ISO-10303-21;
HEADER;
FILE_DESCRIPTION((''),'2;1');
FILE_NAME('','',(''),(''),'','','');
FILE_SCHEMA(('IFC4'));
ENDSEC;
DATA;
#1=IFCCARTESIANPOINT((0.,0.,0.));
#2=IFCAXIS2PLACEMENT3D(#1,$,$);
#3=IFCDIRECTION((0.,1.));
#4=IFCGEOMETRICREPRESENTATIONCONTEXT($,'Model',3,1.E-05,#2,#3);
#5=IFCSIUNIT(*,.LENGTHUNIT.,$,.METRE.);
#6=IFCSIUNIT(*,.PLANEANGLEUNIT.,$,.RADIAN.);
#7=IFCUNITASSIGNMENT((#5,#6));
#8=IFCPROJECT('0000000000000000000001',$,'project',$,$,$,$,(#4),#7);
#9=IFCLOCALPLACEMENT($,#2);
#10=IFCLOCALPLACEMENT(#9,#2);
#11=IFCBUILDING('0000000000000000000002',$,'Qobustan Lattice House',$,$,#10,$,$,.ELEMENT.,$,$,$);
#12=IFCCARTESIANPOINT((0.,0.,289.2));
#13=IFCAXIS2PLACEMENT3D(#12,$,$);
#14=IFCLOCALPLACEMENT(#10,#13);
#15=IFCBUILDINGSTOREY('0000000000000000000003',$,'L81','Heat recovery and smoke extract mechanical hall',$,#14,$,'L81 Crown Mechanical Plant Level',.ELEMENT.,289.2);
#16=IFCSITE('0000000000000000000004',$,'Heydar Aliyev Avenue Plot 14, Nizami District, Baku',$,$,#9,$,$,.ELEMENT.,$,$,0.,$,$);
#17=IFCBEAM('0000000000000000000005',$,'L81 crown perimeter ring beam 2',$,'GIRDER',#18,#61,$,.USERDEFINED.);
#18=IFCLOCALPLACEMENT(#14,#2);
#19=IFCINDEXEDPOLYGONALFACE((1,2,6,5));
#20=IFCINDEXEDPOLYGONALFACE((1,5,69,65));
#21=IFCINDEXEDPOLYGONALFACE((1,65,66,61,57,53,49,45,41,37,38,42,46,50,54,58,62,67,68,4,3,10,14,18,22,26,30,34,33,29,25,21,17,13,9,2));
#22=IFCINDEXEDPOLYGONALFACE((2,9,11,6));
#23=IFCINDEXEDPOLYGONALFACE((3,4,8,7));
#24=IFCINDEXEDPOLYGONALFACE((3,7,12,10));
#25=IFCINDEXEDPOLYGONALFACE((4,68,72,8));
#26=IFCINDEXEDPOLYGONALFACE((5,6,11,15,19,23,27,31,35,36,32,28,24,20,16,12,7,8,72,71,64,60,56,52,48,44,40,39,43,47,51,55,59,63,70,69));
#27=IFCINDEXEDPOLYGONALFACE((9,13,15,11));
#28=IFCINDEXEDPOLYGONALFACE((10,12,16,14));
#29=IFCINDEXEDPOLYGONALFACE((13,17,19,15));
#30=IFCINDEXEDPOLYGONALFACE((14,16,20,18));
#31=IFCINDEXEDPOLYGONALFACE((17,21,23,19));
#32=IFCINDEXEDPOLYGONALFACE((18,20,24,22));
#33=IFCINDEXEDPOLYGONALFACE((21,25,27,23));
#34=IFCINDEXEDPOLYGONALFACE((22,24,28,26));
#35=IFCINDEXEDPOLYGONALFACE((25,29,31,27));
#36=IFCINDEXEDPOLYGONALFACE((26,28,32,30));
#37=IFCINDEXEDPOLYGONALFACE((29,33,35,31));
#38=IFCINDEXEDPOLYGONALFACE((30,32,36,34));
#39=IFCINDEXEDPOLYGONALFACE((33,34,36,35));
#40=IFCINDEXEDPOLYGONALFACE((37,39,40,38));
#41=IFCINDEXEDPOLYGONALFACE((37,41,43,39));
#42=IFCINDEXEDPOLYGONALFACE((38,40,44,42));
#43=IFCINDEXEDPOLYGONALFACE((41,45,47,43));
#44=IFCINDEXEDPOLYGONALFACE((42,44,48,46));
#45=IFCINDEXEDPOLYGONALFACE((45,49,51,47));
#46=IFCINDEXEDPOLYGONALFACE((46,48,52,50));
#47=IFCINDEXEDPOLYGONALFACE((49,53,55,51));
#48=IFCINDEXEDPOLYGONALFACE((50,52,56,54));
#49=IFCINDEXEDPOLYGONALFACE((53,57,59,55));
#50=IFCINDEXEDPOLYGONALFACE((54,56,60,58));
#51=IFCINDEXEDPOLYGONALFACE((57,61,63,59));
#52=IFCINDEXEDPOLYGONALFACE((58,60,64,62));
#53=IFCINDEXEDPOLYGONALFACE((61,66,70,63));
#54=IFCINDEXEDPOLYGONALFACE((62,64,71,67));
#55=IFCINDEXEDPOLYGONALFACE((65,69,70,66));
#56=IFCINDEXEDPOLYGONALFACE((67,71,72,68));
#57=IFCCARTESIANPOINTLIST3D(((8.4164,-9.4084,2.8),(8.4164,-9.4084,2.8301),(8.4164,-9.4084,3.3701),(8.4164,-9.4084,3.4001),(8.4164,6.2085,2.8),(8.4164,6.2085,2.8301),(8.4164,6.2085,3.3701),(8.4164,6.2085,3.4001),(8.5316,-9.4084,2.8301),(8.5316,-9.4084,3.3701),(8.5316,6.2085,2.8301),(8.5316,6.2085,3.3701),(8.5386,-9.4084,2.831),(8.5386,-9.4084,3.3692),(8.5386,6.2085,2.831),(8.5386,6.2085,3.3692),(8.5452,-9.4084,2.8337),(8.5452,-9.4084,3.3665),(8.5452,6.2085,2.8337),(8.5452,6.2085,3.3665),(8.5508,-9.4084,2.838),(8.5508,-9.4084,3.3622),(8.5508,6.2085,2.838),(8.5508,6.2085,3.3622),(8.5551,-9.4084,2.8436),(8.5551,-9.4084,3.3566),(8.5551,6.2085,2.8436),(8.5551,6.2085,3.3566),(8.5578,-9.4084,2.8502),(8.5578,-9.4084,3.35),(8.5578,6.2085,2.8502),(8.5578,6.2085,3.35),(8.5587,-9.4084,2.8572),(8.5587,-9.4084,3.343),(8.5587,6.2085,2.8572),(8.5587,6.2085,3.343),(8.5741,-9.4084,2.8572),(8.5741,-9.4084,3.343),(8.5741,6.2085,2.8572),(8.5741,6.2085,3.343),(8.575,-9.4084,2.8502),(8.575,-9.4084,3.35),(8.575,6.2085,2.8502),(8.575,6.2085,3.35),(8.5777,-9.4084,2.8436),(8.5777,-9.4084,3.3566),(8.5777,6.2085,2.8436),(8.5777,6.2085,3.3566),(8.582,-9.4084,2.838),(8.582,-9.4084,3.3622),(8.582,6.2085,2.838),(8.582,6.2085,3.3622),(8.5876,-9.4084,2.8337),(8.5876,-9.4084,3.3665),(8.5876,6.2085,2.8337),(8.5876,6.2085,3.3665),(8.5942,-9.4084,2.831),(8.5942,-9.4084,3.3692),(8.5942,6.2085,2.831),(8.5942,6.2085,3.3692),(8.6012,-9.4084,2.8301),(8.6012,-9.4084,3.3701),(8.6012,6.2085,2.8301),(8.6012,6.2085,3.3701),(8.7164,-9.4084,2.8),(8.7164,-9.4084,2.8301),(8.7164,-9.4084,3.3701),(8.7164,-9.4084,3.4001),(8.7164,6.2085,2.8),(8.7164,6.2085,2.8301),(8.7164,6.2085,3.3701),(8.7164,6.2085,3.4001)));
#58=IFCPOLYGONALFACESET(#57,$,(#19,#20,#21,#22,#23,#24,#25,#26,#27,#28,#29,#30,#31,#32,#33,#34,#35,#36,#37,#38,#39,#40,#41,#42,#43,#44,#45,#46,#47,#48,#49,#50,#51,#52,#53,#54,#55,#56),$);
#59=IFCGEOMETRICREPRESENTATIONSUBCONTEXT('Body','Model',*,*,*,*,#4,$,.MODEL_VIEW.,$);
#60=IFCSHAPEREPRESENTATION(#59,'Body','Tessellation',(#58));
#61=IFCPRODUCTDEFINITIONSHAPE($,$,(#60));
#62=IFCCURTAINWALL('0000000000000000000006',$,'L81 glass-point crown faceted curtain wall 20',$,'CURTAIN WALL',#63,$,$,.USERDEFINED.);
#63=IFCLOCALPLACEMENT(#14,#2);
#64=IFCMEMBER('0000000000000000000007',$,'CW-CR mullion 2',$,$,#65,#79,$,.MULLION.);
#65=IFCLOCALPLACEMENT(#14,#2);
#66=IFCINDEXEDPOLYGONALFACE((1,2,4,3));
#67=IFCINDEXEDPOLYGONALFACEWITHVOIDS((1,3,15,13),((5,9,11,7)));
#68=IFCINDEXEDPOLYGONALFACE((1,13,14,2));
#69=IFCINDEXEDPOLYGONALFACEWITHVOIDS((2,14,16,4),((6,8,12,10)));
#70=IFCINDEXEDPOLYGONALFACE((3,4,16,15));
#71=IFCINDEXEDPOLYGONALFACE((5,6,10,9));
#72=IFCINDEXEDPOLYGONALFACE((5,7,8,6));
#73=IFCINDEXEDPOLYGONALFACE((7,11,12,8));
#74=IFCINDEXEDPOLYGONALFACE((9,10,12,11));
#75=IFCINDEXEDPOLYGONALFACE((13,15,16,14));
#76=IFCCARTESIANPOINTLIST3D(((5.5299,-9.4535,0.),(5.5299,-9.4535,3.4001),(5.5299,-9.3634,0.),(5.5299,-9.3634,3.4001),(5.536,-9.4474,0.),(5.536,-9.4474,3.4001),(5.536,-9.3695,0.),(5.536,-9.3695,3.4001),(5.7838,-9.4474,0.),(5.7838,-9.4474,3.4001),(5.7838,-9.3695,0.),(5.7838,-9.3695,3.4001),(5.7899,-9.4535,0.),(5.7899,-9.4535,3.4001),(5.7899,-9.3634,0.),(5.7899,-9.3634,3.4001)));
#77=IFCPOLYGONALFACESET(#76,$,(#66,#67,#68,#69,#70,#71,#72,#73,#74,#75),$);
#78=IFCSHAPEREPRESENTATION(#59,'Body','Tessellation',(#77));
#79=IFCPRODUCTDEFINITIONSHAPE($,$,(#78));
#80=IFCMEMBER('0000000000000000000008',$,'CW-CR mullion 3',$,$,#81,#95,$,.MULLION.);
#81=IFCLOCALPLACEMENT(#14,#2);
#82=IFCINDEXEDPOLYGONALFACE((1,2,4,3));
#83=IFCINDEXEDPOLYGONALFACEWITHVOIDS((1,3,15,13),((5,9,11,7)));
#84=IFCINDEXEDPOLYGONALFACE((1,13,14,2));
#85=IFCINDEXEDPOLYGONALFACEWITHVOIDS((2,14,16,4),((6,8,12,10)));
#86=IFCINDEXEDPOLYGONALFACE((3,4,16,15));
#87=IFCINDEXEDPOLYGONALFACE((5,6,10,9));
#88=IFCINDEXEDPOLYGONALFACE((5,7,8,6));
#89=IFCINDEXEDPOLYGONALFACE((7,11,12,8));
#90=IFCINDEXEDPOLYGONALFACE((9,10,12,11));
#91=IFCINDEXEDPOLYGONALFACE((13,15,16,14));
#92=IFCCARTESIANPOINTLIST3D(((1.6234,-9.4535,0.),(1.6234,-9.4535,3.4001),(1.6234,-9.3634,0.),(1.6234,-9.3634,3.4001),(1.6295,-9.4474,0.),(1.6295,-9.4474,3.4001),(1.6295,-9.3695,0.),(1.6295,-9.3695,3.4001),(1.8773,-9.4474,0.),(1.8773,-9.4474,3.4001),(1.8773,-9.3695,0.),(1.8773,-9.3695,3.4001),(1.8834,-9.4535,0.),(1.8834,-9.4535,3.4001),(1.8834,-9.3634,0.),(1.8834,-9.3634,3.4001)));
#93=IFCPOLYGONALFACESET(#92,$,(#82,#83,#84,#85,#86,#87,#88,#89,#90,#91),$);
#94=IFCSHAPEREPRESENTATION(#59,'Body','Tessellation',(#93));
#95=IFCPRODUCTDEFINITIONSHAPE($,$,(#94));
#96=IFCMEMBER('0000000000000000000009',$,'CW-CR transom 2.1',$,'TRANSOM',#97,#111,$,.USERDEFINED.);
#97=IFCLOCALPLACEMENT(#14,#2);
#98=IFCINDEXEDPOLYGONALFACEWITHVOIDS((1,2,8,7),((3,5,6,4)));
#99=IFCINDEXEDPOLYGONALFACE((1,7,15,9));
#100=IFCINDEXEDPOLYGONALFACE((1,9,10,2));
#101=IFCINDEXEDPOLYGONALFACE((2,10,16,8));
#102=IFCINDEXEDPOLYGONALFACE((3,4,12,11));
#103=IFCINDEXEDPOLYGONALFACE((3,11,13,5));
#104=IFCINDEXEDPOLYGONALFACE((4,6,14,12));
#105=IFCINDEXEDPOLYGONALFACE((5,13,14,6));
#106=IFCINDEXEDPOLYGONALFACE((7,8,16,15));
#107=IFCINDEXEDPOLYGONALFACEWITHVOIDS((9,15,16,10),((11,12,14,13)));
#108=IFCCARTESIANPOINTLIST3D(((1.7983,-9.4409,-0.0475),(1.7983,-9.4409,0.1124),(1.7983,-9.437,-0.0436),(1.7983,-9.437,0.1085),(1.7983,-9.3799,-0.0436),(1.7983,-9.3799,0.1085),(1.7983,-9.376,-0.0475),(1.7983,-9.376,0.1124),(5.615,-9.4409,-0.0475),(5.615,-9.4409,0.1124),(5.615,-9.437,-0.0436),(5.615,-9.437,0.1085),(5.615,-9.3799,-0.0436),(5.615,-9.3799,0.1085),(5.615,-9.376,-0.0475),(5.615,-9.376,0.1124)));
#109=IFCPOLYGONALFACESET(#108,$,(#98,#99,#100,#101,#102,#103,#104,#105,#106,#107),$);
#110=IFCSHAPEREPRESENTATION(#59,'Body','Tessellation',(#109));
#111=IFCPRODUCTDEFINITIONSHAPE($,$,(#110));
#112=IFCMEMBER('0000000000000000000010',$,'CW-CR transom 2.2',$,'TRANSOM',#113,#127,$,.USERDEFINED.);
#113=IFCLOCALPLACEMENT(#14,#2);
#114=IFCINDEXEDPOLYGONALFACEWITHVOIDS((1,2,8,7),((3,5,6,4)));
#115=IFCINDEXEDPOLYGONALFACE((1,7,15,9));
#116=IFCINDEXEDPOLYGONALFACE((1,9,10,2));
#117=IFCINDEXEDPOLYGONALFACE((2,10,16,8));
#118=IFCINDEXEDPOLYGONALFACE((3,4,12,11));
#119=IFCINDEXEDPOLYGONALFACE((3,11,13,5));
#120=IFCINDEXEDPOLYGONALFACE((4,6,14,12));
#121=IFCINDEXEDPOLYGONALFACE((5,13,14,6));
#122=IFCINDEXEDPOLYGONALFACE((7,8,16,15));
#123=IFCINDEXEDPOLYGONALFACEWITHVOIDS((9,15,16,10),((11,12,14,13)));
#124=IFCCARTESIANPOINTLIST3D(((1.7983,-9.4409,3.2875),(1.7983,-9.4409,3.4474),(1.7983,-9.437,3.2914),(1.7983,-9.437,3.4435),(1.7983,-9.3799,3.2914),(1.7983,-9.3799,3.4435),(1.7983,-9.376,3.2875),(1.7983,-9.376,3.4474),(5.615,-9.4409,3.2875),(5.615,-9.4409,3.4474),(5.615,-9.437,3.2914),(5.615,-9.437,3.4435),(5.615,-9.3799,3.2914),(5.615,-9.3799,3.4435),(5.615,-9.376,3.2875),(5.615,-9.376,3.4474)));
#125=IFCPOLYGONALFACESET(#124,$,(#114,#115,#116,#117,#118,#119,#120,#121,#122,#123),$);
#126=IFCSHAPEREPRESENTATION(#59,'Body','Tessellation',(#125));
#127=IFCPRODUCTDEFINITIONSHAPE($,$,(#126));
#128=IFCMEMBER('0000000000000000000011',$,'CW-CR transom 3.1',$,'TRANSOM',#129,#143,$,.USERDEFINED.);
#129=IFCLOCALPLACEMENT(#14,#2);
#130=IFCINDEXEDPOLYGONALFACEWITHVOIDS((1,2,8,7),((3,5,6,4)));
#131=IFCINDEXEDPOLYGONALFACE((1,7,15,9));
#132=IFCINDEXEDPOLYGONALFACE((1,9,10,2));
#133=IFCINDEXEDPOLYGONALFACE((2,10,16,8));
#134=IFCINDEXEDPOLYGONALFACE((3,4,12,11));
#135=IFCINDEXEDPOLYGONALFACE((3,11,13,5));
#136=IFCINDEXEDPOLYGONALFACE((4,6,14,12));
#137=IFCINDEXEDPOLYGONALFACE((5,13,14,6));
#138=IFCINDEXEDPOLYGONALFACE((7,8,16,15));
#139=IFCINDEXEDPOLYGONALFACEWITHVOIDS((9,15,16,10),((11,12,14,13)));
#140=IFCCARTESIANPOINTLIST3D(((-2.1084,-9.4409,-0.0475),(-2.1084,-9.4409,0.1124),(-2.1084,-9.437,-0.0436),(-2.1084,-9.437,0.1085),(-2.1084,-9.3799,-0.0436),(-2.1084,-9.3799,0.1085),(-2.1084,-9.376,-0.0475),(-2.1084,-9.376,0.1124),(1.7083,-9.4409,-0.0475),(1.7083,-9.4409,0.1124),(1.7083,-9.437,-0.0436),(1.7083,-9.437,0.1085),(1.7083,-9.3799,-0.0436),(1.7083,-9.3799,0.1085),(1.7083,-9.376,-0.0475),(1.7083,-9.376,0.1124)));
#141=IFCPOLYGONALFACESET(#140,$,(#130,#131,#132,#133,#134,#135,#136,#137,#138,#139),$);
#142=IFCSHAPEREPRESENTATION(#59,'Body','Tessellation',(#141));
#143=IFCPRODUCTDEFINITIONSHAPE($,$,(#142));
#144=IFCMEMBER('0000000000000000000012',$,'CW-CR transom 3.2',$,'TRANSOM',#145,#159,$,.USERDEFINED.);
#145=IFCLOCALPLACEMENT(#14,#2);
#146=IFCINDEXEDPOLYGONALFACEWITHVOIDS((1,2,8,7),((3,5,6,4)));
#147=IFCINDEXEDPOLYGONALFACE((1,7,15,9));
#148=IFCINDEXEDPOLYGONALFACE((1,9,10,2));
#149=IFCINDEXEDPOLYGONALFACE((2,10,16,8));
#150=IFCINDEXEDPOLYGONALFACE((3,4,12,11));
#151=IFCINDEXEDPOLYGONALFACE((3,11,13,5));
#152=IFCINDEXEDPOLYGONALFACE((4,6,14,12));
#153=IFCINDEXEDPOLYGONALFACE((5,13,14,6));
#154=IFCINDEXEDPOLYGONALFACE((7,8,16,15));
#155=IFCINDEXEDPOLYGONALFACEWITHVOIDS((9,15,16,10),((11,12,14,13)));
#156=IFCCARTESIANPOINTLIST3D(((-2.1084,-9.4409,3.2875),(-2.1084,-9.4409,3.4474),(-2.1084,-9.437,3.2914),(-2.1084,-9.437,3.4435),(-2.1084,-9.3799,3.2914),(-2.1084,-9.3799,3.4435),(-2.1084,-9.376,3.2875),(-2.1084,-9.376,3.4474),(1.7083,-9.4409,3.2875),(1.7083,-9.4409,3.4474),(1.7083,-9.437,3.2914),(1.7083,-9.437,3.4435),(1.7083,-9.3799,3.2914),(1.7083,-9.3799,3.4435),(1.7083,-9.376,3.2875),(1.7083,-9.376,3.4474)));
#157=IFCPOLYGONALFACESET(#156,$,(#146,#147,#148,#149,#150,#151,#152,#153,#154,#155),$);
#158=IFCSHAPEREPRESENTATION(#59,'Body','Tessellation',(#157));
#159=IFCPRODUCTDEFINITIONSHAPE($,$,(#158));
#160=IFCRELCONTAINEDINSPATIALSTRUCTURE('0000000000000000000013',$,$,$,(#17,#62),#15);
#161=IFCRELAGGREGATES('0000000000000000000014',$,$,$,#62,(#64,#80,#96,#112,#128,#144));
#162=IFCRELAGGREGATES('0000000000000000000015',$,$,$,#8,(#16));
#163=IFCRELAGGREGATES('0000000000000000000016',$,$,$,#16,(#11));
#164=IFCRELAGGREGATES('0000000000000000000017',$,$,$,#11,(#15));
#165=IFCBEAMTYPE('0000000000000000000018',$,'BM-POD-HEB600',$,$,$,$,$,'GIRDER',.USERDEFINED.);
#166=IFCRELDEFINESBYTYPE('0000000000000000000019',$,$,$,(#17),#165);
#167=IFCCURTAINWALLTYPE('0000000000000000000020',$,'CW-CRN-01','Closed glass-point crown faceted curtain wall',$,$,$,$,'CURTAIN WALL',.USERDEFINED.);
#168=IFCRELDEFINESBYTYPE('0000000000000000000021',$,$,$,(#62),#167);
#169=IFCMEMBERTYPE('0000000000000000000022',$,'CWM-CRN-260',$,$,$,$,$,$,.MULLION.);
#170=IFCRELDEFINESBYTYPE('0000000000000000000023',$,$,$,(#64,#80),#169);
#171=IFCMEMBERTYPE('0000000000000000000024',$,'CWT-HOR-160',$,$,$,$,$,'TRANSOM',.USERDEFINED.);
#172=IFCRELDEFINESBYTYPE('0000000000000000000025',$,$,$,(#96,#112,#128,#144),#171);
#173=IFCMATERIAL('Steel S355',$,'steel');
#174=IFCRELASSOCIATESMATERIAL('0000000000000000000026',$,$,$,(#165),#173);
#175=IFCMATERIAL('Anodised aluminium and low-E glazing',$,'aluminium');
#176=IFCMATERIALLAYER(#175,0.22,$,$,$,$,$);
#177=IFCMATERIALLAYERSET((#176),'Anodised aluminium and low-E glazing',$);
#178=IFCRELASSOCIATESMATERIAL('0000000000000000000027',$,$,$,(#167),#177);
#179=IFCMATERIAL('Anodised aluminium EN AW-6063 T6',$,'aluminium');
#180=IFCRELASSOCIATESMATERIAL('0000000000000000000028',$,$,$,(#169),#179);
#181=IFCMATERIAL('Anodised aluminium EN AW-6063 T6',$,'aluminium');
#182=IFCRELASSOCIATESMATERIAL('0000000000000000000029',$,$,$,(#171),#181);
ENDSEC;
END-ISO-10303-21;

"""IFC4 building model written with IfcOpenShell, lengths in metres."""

from ifc_helpers import new_model, si_unit, direction, frame, origin, origin_2d, place, context, subcontext, project, spatial, hollow_rectangle, i_section, extrude, material, layer, layer_set, material_profile, profile_set, type_object, element, aggregate, save


model = new_model("IFC4")

# Units and contexts
model_context = context("Model", 3, precision=1e-05, world=origin(), true_north=direction((0.0, 1.0)))
body_context = subcontext(model_context, "Body", "Model", "MODEL_VIEW")
ifc_project = project(units=[si_unit("LENGTHUNIT", "METRE"), si_unit("PLANEANGLEUNIT", "RADIAN")], contexts=[model_context])

# Site, building, storey
site_placement = place(None, origin())
site = spatial("IfcSite", under=ifc_project, at=site_placement, Name="Heydar Aliyev Avenue Plot 14, Nizami District, Baku", CompositionType="ELEMENT", RefElevation=0.0)
building_placement = place(site_placement, origin())
building = spatial("IfcBuilding", under=site, at=building_placement, Name="Qobustan Lattice House", CompositionType="ELEMENT")
storey_placement = place(building_placement, frame((0.0, 0.0, 289.2)))
storey = spatial("IfcBuildingStorey", under=building, at=storey_placement, Name="L81", Description="Heat recovery and smoke extract mechanical hall", LongName="L81 Crown Mechanical Plant Level", CompositionType="ELEMENT", Elevation=289.2)

# Beam
ifc_material_1 = material(Name="Steel S355", Category="steel")
ifc_material_profile_1 = material_profile(ifc_material_1, i_section(OverallWidth=0.3, OverallDepth=0.6001, WebThickness=0.0154, FlangeThickness=0.03, FilletRadius=0.0271, at=origin_2d()), Name="HEB600")
ifc_profile_set_1 = profile_set([ifc_material_profile_1], Name="Steel S355")
beam_type = type_object("IfcBeamType", Name="BM-POD-HEB600", ElementType="GIRDER", PredefinedType="USERDEFINED", material=ifc_profile_set_1)
beam_placement = place(storey_placement, frame((8.5664, -9.4084, 3.1001), z_axis=(0.0, 1.0, 0.0), x_axis=(-1.0, 0.0, 0.0)))
element("IfcBeam", 1, at=beam_placement, inside=storey, type_object=beam_type, Name="L81 crown perimeter ring beam 2", ObjectType="GIRDER", PredefinedType="USERDEFINED", context=body_context, shape_type="SweptSolid", body=[
    extrude(i_section(OverallWidth=0.3, OverallDepth=0.6001, WebThickness=0.0154, FlangeThickness=0.03, FilletRadius=0.0271, at=origin_2d()), origin(), (0.0, 0.0, 1.0), 15.6169),
])

# Curtain wall, members
ifc_material_2 = material(Name="Anodised aluminium and low-E glazing", Category="aluminium")
ifc_layer_1 = layer(ifc_material_2, 0.22)
ifc_layer_set_1 = layer_set([ifc_layer_1], Name="Anodised aluminium and low-E glazing")
curtain_wall_type = type_object("IfcCurtainWallType", Name="CW-CRN-01", Description="Closed glass-point crown faceted curtain wall", ElementType="CURTAIN WALL", PredefinedType="USERDEFINED", material=ifc_layer_set_1)
curtain_wall_placement = place(storey_placement, origin())
curtain_wall = element("IfcCurtainWall", 2, at=curtain_wall_placement, inside=storey, type_object=curtain_wall_type, Name="L81 glass-point crown faceted curtain wall 20", ObjectType="CURTAIN WALL", PredefinedType="USERDEFINED")
ifc_material_3 = material(Name="Anodised aluminium EN AW-6063 T6", Category="aluminium")
ifc_material_profile_2 = material_profile(ifc_material_3, hollow_rectangle(XDim=0.0901, YDim=0.26, WallThickness=0.0061, at=origin_2d()), Name="CWM-CROWN-260x90")
ifc_profile_set_2 = profile_set([ifc_material_profile_2], Name="Anodised aluminium EN AW-6063 T6")
member_type_1 = type_object("IfcMemberType", Name="CWM-CRN-260", PredefinedType="MULLION", material=ifc_profile_set_2)
member_1_placement = place(storey_placement, frame((5.6599, -9.4084, 0.0), z_axis=(0.0, 0.0, 1.0), x_axis=(0.0, -1.0, 0.0)))
member_1 = element("IfcMember", 3, at=member_1_placement, type_object=member_type_1, Name="CW-CR mullion 2", PredefinedType="MULLION", context=body_context, shape_type="SweptSolid", body=[
    extrude(hollow_rectangle(XDim=0.0901, YDim=0.26, WallThickness=0.0061, at=origin_2d()), origin(), (0.0, 0.0, 1.0), 3.4001),
])
member_2_placement = place(storey_placement, frame((1.7534, -9.4084, 0.0), z_axis=(0.0, 0.0, 1.0), x_axis=(0.0, -1.0, 0.0)))
member_2 = element("IfcMember", 4, at=member_2_placement, type_object=member_type_1, Name="CW-CR mullion 3", PredefinedType="MULLION", context=body_context, shape_type="SweptSolid", body=[
    extrude(hollow_rectangle(XDim=0.0901, YDim=0.26, WallThickness=0.0061, at=origin_2d()), origin(), (0.0, 0.0, 1.0), 3.4001),
])
ifc_material_4 = material(Name="Anodised aluminium EN AW-6063 T6", Category="aluminium")
ifc_material_profile_3 = material_profile(ifc_material_4, hollow_rectangle(XDim=0.0649, YDim=0.1599, WallThickness=0.0039, at=origin_2d()), Name="CWT-160x65")
ifc_profile_set_3 = profile_set([ifc_material_profile_3], Name="Anodised aluminium EN AW-6063 T6")
member_type_2 = type_object("IfcMemberType", Name="CWT-HOR-160", ElementType="TRANSOM", PredefinedType="USERDEFINED", material=ifc_profile_set_3)
member_3_placement = place(storey_placement, frame((5.615, -9.4084, 0.0325), z_axis=(-1.0, 0.0, 0.0), x_axis=(0.0, -1.0, 0.0)))
member_3 = element("IfcMember", 5, at=member_3_placement, type_object=member_type_2, Name="CW-CR transom 2.1", ObjectType="TRANSOM", PredefinedType="USERDEFINED", context=body_context, shape_type="SweptSolid", body=[
    extrude(hollow_rectangle(XDim=0.0649, YDim=0.1599, WallThickness=0.0039, at=origin_2d()), origin(), (0.0, 0.0, 1.0), 3.8167),
])
member_4_placement = place(storey_placement, frame((5.615, -9.4084, 3.3674), z_axis=(-1.0, 0.0, 0.0), x_axis=(0.0, -1.0, 0.0)))
member_4 = element("IfcMember", 6, at=member_4_placement, type_object=member_type_2, Name="CW-CR transom 2.2", ObjectType="TRANSOM", PredefinedType="USERDEFINED", context=body_context, shape_type="SweptSolid", body=[
    extrude(hollow_rectangle(XDim=0.0649, YDim=0.1599, WallThickness=0.0039, at=origin_2d()), origin(), (0.0, 0.0, 1.0), 3.8167),
])
member_5_placement = place(storey_placement, frame((1.7083, -9.4084, 0.0325), z_axis=(-1.0, 0.0, 0.0), x_axis=(0.0, -1.0, 0.0)))
member_5 = element("IfcMember", 7, at=member_5_placement, type_object=member_type_2, Name="CW-CR transom 3.1", ObjectType="TRANSOM", PredefinedType="USERDEFINED", context=body_context, shape_type="SweptSolid", body=[
    extrude(hollow_rectangle(XDim=0.0649, YDim=0.1599, WallThickness=0.0039, at=origin_2d()), origin(), (0.0, 0.0, 1.0), 3.8167),
])
member_6_placement = place(storey_placement, frame((1.7083, -9.4084, 3.3674), z_axis=(-1.0, 0.0, 0.0), x_axis=(0.0, -1.0, 0.0)))
member_6 = element("IfcMember", 8, at=member_6_placement, type_object=member_type_2, Name="CW-CR transom 3.2", ObjectType="TRANSOM", PredefinedType="USERDEFINED", context=body_context, shape_type="SweptSolid", body=[
    extrude(hollow_rectangle(XDim=0.0649, YDim=0.1599, WallThickness=0.0039, at=origin_2d()), origin(), (0.0, 0.0, 1.0), 3.8167),
])

aggregate(curtain_wall, [member_1, member_2, member_3, member_4, member_5, member_6])

save(model, "model.ifc")
